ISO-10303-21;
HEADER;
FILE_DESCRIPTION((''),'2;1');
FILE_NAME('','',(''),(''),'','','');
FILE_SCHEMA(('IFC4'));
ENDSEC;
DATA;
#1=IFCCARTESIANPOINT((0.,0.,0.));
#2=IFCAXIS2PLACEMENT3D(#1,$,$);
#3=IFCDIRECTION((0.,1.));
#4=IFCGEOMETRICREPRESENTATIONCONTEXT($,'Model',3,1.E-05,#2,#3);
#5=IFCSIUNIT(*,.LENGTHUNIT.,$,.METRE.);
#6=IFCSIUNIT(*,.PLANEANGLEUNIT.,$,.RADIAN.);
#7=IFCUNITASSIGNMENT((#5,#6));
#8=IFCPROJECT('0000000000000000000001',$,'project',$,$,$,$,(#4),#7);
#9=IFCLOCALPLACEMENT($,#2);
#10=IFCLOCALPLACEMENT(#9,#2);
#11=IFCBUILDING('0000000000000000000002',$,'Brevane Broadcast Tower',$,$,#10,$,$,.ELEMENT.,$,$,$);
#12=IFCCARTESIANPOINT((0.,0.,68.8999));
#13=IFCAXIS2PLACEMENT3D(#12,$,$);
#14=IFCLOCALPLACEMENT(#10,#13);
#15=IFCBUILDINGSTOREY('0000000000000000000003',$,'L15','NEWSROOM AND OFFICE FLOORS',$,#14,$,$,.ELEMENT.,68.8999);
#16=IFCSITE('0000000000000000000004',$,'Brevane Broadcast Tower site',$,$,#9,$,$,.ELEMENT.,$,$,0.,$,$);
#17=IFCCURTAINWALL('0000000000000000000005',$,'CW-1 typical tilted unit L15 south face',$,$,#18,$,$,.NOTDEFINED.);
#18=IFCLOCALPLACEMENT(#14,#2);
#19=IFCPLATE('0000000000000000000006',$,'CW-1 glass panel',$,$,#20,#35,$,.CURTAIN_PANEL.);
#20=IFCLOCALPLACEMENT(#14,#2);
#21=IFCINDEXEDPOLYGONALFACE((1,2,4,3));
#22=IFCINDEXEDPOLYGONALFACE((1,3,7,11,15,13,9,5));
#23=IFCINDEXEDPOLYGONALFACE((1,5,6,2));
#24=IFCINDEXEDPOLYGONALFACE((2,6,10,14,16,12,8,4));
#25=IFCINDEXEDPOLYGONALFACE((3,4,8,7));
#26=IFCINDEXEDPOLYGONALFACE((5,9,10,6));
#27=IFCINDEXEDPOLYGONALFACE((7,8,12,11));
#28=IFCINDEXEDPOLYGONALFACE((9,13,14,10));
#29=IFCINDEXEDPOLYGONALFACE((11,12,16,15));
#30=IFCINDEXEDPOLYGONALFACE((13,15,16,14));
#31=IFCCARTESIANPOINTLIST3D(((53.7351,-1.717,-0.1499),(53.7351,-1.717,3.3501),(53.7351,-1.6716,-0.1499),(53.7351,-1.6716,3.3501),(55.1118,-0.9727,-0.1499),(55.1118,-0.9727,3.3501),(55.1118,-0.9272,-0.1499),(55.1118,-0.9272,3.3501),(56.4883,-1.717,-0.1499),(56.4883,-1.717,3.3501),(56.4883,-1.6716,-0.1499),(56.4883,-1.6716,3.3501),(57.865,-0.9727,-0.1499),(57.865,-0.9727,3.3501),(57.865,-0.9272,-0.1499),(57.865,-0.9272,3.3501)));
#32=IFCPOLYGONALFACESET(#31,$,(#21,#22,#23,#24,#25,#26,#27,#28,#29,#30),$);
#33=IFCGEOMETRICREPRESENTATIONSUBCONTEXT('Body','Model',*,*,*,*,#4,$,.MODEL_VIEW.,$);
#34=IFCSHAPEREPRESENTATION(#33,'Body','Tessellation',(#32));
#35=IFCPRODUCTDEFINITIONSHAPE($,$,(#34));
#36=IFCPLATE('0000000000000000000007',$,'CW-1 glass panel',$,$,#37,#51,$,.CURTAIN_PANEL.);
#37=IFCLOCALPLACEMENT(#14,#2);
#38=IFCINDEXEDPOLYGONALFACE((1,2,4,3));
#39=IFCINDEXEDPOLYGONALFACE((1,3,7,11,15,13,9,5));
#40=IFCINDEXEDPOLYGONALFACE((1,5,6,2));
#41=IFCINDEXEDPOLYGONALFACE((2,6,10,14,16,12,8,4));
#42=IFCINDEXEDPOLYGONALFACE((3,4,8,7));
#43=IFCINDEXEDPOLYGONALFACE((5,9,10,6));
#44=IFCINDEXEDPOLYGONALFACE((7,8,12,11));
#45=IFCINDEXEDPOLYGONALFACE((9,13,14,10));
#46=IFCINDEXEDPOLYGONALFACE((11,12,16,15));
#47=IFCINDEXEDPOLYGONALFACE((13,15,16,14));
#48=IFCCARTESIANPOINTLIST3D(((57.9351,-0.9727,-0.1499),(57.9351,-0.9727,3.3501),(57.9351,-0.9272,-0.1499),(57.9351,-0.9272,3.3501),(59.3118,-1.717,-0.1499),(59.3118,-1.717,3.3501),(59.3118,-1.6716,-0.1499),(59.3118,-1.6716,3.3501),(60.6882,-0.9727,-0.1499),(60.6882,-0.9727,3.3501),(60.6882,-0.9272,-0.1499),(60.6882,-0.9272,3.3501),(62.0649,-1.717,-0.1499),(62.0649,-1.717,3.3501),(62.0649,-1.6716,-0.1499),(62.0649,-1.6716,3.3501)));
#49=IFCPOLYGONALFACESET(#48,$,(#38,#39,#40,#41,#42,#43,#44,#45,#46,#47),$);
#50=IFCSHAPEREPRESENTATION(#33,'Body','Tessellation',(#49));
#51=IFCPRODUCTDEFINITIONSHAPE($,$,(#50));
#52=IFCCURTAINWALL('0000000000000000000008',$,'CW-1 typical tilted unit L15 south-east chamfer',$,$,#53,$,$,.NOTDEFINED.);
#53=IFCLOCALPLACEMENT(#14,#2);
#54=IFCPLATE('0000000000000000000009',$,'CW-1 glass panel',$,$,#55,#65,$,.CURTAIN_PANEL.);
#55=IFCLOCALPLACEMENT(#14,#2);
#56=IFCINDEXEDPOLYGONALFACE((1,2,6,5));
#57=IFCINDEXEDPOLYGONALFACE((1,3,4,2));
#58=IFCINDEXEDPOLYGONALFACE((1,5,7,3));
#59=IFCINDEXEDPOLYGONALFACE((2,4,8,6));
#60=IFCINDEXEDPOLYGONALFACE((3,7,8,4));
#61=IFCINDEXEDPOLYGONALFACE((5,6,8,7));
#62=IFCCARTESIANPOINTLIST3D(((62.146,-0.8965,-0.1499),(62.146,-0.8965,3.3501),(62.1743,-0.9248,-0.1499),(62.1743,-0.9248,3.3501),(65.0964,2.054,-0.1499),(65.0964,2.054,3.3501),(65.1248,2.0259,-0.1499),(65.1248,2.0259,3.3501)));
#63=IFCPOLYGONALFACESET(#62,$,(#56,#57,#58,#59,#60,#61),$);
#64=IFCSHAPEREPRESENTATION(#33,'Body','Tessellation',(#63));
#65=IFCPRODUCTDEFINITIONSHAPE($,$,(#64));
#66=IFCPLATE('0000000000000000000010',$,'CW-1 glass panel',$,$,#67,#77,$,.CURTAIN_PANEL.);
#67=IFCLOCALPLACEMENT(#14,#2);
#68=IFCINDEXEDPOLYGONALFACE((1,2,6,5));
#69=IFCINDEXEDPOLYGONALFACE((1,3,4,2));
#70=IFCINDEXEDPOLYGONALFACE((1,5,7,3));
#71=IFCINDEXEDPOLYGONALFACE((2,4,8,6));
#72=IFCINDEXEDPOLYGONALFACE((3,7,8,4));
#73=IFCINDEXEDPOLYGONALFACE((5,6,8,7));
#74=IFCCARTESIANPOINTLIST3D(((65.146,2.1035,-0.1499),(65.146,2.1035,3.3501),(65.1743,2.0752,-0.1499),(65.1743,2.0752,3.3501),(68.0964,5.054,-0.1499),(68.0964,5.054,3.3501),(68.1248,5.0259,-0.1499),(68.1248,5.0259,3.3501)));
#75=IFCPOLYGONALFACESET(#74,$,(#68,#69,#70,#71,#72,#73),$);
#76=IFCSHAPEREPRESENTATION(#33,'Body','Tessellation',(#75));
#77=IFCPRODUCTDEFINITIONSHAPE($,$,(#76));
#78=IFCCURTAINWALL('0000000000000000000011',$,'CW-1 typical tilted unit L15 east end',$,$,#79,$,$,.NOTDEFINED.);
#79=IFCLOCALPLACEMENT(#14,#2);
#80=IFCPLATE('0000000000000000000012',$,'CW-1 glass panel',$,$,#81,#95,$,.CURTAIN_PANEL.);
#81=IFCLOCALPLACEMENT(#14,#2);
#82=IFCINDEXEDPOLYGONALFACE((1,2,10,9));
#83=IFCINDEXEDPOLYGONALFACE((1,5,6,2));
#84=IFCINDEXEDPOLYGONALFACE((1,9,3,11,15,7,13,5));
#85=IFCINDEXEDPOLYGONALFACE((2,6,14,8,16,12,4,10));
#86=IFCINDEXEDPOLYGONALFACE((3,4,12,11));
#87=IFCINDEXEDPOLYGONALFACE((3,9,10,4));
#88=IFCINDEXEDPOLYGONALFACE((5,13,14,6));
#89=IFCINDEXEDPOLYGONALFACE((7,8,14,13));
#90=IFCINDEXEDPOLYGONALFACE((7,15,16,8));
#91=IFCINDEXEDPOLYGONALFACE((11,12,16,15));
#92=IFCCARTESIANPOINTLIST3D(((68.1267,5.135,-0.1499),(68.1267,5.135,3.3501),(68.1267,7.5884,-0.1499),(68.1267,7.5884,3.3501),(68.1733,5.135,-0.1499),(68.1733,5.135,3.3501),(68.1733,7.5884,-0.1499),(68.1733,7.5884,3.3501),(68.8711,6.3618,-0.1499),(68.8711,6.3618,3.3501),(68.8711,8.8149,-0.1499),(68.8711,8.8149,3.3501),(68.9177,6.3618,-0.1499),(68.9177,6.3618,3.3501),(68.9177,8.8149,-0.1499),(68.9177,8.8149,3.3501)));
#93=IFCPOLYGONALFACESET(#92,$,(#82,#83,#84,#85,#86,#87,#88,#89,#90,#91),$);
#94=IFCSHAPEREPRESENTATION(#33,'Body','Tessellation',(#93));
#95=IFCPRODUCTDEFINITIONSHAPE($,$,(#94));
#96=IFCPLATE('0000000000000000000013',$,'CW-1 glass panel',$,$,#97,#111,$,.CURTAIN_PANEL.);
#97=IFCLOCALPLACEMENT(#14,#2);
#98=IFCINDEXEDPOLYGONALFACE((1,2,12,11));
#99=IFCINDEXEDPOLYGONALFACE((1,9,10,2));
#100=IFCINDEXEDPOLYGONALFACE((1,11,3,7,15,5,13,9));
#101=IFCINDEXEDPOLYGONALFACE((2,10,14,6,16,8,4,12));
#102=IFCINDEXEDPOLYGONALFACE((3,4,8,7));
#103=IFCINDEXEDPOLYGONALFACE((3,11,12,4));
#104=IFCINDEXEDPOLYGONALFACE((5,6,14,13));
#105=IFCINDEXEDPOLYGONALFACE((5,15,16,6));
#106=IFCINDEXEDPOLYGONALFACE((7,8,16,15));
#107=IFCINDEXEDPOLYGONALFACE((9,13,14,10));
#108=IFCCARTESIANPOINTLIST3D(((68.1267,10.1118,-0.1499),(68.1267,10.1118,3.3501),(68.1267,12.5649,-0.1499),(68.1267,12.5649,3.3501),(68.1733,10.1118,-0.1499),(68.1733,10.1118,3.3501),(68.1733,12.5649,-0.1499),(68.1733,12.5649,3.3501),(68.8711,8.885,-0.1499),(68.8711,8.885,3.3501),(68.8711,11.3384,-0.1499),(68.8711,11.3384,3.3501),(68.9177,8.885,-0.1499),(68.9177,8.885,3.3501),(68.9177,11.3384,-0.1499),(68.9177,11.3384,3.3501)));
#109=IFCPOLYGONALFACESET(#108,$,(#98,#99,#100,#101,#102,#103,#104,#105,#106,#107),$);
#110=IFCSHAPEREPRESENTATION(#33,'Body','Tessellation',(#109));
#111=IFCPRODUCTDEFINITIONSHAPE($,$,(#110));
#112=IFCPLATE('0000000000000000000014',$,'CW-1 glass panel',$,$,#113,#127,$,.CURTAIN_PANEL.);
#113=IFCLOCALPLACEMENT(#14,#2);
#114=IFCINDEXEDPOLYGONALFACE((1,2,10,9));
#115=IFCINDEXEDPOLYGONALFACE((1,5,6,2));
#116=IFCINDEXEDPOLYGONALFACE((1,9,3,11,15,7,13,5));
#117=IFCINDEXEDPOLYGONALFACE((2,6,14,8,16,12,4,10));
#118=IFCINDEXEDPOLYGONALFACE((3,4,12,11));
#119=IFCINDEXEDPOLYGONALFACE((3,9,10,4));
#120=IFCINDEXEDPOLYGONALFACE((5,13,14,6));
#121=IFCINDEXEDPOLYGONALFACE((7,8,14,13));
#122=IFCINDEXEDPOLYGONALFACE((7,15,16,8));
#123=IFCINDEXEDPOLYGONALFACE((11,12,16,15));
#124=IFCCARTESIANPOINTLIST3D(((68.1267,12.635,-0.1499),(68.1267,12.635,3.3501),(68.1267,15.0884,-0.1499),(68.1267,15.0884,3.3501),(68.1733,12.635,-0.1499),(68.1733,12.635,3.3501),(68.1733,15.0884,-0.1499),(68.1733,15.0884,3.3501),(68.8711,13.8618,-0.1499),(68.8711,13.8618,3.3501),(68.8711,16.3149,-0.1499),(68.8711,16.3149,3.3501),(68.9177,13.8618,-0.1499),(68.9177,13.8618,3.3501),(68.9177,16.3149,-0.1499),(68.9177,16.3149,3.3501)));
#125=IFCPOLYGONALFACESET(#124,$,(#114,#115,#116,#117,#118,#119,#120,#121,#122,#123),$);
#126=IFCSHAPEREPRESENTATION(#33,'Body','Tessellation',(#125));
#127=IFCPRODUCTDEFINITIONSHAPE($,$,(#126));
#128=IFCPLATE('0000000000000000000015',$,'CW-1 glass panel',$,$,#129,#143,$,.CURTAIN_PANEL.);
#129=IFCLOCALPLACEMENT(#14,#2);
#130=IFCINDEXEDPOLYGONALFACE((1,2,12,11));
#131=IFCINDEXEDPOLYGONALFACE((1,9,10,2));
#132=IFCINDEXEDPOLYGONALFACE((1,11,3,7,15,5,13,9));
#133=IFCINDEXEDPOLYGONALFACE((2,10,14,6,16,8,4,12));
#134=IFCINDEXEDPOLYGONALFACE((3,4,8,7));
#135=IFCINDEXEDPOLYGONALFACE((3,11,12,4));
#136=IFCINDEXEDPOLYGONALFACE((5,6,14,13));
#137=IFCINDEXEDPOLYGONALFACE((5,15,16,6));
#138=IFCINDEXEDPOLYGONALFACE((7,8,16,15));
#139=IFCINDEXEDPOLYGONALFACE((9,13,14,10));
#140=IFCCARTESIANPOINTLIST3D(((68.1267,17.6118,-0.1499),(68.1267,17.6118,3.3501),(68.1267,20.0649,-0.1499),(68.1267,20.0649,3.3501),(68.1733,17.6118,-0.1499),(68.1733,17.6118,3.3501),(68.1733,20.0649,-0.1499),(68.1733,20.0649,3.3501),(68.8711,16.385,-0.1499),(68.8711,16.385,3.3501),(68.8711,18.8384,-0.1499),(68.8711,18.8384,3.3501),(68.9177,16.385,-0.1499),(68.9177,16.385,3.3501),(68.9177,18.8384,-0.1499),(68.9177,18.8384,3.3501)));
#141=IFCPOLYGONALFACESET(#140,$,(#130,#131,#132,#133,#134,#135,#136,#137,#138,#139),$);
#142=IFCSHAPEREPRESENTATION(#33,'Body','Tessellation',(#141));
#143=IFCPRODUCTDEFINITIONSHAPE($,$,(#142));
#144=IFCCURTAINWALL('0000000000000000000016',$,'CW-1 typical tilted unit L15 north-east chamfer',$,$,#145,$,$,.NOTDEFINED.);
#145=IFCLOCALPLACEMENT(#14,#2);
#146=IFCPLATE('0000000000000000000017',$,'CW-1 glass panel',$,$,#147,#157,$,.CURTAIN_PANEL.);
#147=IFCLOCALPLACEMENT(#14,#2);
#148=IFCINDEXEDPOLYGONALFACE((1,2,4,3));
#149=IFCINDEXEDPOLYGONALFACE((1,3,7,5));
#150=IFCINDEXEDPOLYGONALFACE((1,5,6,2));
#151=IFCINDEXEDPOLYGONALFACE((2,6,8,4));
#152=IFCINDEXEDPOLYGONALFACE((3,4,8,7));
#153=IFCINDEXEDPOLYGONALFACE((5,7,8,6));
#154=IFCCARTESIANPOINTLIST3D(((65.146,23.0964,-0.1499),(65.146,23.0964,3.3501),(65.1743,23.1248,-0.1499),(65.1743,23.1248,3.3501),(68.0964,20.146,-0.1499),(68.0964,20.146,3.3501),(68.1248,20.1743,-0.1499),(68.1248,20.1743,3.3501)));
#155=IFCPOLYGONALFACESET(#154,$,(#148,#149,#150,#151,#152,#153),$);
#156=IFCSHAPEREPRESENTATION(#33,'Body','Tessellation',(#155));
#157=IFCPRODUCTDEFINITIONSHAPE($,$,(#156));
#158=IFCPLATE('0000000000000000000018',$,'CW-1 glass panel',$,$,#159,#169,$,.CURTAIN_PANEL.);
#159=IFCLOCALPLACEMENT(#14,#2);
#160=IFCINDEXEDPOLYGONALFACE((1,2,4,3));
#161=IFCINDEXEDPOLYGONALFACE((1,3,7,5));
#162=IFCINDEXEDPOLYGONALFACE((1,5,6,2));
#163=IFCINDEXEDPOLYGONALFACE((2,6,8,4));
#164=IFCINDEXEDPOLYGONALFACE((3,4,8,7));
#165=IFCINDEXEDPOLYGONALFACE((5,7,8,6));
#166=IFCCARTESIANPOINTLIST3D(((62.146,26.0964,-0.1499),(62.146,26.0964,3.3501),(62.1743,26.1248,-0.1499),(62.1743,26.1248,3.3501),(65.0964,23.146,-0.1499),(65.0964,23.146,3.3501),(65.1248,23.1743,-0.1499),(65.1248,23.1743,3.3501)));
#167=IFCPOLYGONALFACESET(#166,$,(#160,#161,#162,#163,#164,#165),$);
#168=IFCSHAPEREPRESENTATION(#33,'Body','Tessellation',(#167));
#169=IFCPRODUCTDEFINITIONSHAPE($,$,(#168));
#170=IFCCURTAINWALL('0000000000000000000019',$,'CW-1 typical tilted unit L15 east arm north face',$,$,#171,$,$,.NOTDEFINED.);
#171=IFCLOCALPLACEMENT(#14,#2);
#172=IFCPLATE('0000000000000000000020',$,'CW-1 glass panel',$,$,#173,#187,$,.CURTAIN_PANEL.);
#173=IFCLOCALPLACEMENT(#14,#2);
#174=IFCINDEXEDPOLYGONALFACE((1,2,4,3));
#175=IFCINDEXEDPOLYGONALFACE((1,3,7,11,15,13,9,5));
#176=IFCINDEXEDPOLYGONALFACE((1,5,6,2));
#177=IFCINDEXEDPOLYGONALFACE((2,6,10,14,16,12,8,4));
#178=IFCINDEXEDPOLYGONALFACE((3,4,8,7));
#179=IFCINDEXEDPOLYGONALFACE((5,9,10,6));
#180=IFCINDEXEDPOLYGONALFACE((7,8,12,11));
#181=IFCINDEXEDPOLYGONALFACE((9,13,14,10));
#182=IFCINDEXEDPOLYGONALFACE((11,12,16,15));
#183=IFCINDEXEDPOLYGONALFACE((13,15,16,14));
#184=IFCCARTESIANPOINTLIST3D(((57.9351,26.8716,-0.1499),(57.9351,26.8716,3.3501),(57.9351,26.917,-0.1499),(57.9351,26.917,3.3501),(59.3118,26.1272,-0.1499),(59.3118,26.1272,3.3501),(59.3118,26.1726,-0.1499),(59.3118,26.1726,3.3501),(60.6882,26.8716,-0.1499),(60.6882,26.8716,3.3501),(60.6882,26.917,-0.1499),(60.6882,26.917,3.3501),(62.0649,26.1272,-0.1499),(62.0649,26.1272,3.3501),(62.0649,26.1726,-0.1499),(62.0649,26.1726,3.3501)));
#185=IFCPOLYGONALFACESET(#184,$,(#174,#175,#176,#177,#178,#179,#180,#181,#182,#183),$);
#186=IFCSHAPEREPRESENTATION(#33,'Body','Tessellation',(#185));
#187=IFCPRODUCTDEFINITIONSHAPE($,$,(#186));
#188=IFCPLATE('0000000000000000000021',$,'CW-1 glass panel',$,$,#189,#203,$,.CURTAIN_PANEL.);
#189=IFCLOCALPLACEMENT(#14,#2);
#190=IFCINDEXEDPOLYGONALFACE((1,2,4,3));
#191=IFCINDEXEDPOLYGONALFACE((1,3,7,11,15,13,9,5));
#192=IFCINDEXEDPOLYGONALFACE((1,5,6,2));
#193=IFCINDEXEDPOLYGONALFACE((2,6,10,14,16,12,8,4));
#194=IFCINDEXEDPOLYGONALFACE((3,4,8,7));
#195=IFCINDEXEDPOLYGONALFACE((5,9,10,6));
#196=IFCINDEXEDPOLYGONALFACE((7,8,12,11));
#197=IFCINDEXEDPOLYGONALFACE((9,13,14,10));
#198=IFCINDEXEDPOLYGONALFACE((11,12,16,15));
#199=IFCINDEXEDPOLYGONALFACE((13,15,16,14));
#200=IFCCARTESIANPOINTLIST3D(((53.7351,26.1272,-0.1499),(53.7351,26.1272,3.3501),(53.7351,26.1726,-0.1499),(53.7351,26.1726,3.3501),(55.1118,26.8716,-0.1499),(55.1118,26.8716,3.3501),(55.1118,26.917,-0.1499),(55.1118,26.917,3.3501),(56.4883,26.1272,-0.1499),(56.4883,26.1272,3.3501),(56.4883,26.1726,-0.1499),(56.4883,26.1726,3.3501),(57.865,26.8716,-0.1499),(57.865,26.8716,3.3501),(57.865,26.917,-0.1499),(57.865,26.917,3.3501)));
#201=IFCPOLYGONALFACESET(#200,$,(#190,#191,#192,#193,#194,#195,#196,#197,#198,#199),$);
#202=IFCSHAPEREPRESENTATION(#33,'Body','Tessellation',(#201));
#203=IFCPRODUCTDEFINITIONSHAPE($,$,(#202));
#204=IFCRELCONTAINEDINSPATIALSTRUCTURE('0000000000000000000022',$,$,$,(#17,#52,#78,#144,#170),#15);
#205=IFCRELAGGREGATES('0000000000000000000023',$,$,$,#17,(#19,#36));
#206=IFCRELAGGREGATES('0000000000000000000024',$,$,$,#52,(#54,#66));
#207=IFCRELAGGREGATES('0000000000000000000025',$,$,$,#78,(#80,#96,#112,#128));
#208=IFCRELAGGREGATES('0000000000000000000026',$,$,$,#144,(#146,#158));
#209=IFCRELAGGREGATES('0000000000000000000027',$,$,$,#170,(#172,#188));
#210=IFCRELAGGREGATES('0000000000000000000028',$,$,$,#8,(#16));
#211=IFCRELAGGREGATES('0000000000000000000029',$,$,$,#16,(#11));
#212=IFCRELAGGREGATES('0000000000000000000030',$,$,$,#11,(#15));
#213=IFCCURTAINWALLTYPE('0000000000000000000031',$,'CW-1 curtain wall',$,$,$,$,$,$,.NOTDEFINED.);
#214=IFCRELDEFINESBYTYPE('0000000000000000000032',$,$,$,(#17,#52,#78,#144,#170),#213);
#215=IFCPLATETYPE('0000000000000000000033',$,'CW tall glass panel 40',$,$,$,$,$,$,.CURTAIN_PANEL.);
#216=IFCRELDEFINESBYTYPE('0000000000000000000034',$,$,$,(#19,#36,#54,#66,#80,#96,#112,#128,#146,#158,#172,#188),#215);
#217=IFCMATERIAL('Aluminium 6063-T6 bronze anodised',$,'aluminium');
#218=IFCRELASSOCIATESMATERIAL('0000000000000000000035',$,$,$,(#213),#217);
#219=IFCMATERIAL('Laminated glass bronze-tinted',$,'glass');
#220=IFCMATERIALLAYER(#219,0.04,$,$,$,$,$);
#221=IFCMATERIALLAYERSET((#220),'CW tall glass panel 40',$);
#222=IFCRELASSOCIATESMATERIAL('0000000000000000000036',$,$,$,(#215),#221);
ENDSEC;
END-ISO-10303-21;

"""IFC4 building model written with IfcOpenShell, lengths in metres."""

from ifc_helpers import new_model, si_unit, direction, frame, origin, place, context, subcontext, project, spatial, polyline, outline, extrude, material, layer, layer_set, type_object, element, aggregate, save


model = new_model("IFC4")

# Units and contexts
model_context = context("Model", 3, precision=1e-05, world=origin(), true_north=direction((0.0, 1.0)))
body_context = subcontext(model_context, "Body", "Model", "MODEL_VIEW")
ifc_project = project(units=[si_unit("LENGTHUNIT", "METRE"), si_unit("PLANEANGLEUNIT", "RADIAN")], contexts=[model_context])

# Site, building, storey
site_placement = place(None, origin())
site = spatial("IfcSite", under=ifc_project, at=site_placement, Name="Brevane Broadcast Tower site", CompositionType="ELEMENT", RefElevation=0.0)
building_placement = place(site_placement, origin())
building = spatial("IfcBuilding", under=site, at=building_placement, Name="Brevane Broadcast Tower", CompositionType="ELEMENT")
storey_placement = place(building_placement, frame((0.0, 0.0, 68.8999)))
storey = spatial("IfcBuildingStorey", under=building, at=storey_placement, Name="L15", Description="NEWSROOM AND OFFICE FLOORS", CompositionType="ELEMENT", Elevation=68.8999)

# Curtain walls, plates
ifc_material_1 = material(Name="Aluminium 6063-T6 bronze anodised", Category="aluminium")
curtain_wall_type = type_object("IfcCurtainWallType", Name="CW-1 curtain wall", PredefinedType="NOTDEFINED", material=ifc_material_1)
curtain_wall_1_placement = place(storey_placement, origin())
curtain_wall_1 = element("IfcCurtainWall", 1, at=curtain_wall_1_placement, inside=storey, type_object=curtain_wall_type, Name="CW-1 typical tilted unit L15 south face", PredefinedType="NOTDEFINED")
ifc_material_2 = material(Name="Laminated glass bronze-tinted", Category="glass")
ifc_layer = layer(ifc_material_2, 0.04)
ifc_layer_set = layer_set([ifc_layer], Name="CW tall glass panel 40")
plate_type = type_object("IfcPlateType", Name="CW tall glass panel 40", PredefinedType="CURTAIN_PANEL", material=ifc_layer_set)
plate_1_placement = place(storey_placement, frame((0.0, 0.0, -0.1499)))
plate_1 = element("IfcPlate", 2, at=plate_1_placement, type_object=plate_type, Name="CW-1 glass panel", PredefinedType="CURTAIN_PANEL", context=body_context, shape_type="SweptSolid", body=[
    extrude(outline(polyline([(53.7351, -1.6716), (53.7351, -1.717), (55.1118, -0.9727), (56.4883, -1.717), (57.865, -0.9727), (57.865, -0.9272), (56.4883, -1.6716), (55.1118, -0.9272), (53.7351, -1.6716)])), origin(), (0.0, 0.0, 1.0), 3.5),
])
plate_2_placement = place(storey_placement, frame((0.0, 0.0, -0.1499)))
plate_2 = element("IfcPlate", 3, at=plate_2_placement, type_object=plate_type, Name="CW-1 glass panel", PredefinedType="CURTAIN_PANEL", context=body_context, shape_type="SweptSolid", body=[
    extrude(outline(polyline([(57.9351, -0.9272), (57.9351, -0.9727), (59.3118, -1.717), (60.6882, -0.9727), (62.0649, -1.717), (62.0649, -1.6716), (60.6882, -0.9272), (59.3118, -1.6716), (57.9351, -0.9272)])), origin(), (0.0, 0.0, 1.0), 3.5),
])
aggregate(curtain_wall_1, [plate_1, plate_2])
curtain_wall_2_placement = place(storey_placement, origin())
curtain_wall_2 = element("IfcCurtainWall", 4, at=curtain_wall_2_placement, inside=storey, type_object=curtain_wall_type, Name="CW-1 typical tilted unit L15 south-east chamfer", PredefinedType="NOTDEFINED")
plate_3_placement = place(storey_placement, frame((0.0, 0.0, -0.1499)))
plate_3 = element("IfcPlate", 5, at=plate_3_placement, type_object=plate_type, Name="CW-1 glass panel", PredefinedType="CURTAIN_PANEL", context=body_context, shape_type="SweptSolid", body=[
    extrude(outline(polyline([(62.146, -0.8965), (65.0964, 2.054), (65.1248, 2.0259), (62.1743, -0.9248), (62.146, -0.8965)])), origin(), (0.0, 0.0, 1.0), 3.5),
])
plate_4_placement = place(storey_placement, frame((0.0, 0.0, -0.1499)))
plate_4 = element("IfcPlate", 6, at=plate_4_placement, type_object=plate_type, Name="CW-1 glass panel", PredefinedType="CURTAIN_PANEL", context=body_context, shape_type="SweptSolid", body=[
    extrude(outline(polyline([(65.146, 2.1035), (68.0964, 5.054), (68.1248, 5.0259), (65.1743, 2.0752), (65.146, 2.1035)])), origin(), (0.0, 0.0, 1.0), 3.5),
])
aggregate(curtain_wall_2, [plate_3, plate_4])
curtain_wall_3_placement = place(storey_placement, origin())
curtain_wall_3 = element("IfcCurtainWall", 7, at=curtain_wall_3_placement, inside=storey, type_object=curtain_wall_type, Name="CW-1 typical tilted unit L15 east end", PredefinedType="NOTDEFINED")
plate_5_placement = place(storey_placement, frame((0.0, 0.0, -0.1499)))
plate_5 = element("IfcPlate", 8, at=plate_5_placement, type_object=plate_type, Name="CW-1 glass panel", PredefinedType="CURTAIN_PANEL", context=body_context, shape_type="SweptSolid", body=[
    extrude(outline(polyline([(68.1267, 5.135), (68.1733, 5.135), (68.9177, 6.3618), (68.1733, 7.5884), (68.9177, 8.8149), (68.8711, 8.8149), (68.1267, 7.5884), (68.8711, 6.3618), (68.1267, 5.135)])), origin(), (0.0, 0.0, 1.0), 3.5),
])
plate_6_placement = place(storey_placement, frame((0.0, 0.0, -0.1499)))
plate_6 = element("IfcPlate", 9, at=plate_6_placement, type_object=plate_type, Name="CW-1 glass panel", PredefinedType="CURTAIN_PANEL", context=body_context, shape_type="SweptSolid", body=[
    extrude(outline(polyline([(68.8711, 8.885), (68.9177, 8.885), (68.1733, 10.1118), (68.9177, 11.3384), (68.1733, 12.5649), (68.1267, 12.5649), (68.8711, 11.3384), (68.1267, 10.1118), (68.8711, 8.885)])), origin(), (0.0, 0.0, 1.0), 3.5),
])
plate_7_placement = place(storey_placement, frame((0.0, 0.0, -0.1499)))
plate_7 = element("IfcPlate", 10, at=plate_7_placement, type_object=plate_type, Name="CW-1 glass panel", PredefinedType="CURTAIN_PANEL", context=body_context, shape_type="SweptSolid", body=[
    extrude(outline(polyline([(68.1267, 12.635), (68.1733, 12.635), (68.9177, 13.8618), (68.1733, 15.0884), (68.9177, 16.3149), (68.8711, 16.3149), (68.1267, 15.0884), (68.8711, 13.8618), (68.1267, 12.635)])), origin(), (0.0, 0.0, 1.0), 3.5),
])
plate_8_placement = place(storey_placement, frame((0.0, 0.0, -0.1499)))
plate_8 = element("IfcPlate", 11, at=plate_8_placement, type_object=plate_type, Name="CW-1 glass panel", PredefinedType="CURTAIN_PANEL", context=body_context, shape_type="SweptSolid", body=[
    extrude(outline(polyline([(68.8711, 16.385), (68.9177, 16.385), (68.1733, 17.6118), (68.9177, 18.8384), (68.1733, 20.0649), (68.1267, 20.0649), (68.8711, 18.8384), (68.1267, 17.6118), (68.8711, 16.385)])), origin(), (0.0, 0.0, 1.0), 3.5),
])
aggregate(curtain_wall_3, [plate_5, plate_6, plate_7, plate_8])
curtain_wall_4_placement = place(storey_placement, origin())
curtain_wall_4 = element("IfcCurtainWall", 12, at=curtain_wall_4_placement, inside=storey, type_object=curtain_wall_type, Name="CW-1 typical tilted unit L15 north-east chamfer", PredefinedType="NOTDEFINED")
plate_9_placement = place(storey_placement, frame((0.0, 0.0, -0.1499)))
plate_9 = element("IfcPlate", 13, at=plate_9_placement, type_object=plate_type, Name="CW-1 glass panel", PredefinedType="CURTAIN_PANEL", context=body_context, shape_type="SweptSolid", body=[
    extrude(outline(polyline([(68.0964, 20.146), (65.146, 23.0964), (65.1743, 23.1248), (68.1248, 20.1743), (68.0964, 20.146)])), origin(), (0.0, 0.0, 1.0), 3.5),
])
plate_10_placement = place(storey_placement, frame((0.0, 0.0, -0.1499)))
plate_10 = element("IfcPlate", 14, at=plate_10_placement, type_object=plate_type, Name="CW-1 glass panel", PredefinedType="CURTAIN_PANEL", context=body_context, shape_type="SweptSolid", body=[
    extrude(outline(polyline([(65.0964, 23.146), (62.146, 26.0964), (62.1743, 26.1248), (65.1248, 23.1743), (65.0964, 23.146)])), origin(), (0.0, 0.0, 1.0), 3.5),
])
aggregate(curtain_wall_4, [plate_9, plate_10])
curtain_wall_5_placement = place(storey_placement, origin())
curtain_wall_5 = element("IfcCurtainWall", 15, at=curtain_wall_5_placement, inside=storey, type_object=curtain_wall_type, Name="CW-1 typical tilted unit L15 east arm north face", PredefinedType="NOTDEFINED")
plate_11_placement = place(storey_placement, frame((0.0, 0.0, -0.1499)))
plate_11 = element("IfcPlate", 16, at=plate_11_placement, type_object=plate_type, Name="CW-1 glass panel", PredefinedType="CURTAIN_PANEL", context=body_context, shape_type="SweptSolid", body=[
    extrude(outline(polyline([(62.0649, 26.1272), (62.0649, 26.1726), (60.6882, 26.917), (59.3118, 26.1726), (57.9351, 26.917), (57.9351, 26.8716), (59.3118, 26.1272), (60.6882, 26.8716), (62.0649, 26.1272)])), origin(), (0.0, 0.0, 1.0), 3.5),
])
plate_12_placement = place(storey_placement, frame((0.0, 0.0, -0.1499)))
plate_12 = element("IfcPlate", 17, at=plate_12_placement, type_object=plate_type, Name="CW-1 glass panel", PredefinedType="CURTAIN_PANEL", context=body_context, shape_type="SweptSolid", body=[
    extrude(outline(polyline([(57.865, 26.8716), (57.865, 26.917), (56.4883, 26.1726), (55.1118, 26.917), (53.7351, 26.1726), (53.7351, 26.1272), (55.1118, 26.8716), (56.4883, 26.1272), (57.865, 26.8716)])), origin(), (0.0, 0.0, 1.0), 3.5),
])
aggregate(curtain_wall_5, [plate_11, plate_12])

save(model, "model.ifc")
